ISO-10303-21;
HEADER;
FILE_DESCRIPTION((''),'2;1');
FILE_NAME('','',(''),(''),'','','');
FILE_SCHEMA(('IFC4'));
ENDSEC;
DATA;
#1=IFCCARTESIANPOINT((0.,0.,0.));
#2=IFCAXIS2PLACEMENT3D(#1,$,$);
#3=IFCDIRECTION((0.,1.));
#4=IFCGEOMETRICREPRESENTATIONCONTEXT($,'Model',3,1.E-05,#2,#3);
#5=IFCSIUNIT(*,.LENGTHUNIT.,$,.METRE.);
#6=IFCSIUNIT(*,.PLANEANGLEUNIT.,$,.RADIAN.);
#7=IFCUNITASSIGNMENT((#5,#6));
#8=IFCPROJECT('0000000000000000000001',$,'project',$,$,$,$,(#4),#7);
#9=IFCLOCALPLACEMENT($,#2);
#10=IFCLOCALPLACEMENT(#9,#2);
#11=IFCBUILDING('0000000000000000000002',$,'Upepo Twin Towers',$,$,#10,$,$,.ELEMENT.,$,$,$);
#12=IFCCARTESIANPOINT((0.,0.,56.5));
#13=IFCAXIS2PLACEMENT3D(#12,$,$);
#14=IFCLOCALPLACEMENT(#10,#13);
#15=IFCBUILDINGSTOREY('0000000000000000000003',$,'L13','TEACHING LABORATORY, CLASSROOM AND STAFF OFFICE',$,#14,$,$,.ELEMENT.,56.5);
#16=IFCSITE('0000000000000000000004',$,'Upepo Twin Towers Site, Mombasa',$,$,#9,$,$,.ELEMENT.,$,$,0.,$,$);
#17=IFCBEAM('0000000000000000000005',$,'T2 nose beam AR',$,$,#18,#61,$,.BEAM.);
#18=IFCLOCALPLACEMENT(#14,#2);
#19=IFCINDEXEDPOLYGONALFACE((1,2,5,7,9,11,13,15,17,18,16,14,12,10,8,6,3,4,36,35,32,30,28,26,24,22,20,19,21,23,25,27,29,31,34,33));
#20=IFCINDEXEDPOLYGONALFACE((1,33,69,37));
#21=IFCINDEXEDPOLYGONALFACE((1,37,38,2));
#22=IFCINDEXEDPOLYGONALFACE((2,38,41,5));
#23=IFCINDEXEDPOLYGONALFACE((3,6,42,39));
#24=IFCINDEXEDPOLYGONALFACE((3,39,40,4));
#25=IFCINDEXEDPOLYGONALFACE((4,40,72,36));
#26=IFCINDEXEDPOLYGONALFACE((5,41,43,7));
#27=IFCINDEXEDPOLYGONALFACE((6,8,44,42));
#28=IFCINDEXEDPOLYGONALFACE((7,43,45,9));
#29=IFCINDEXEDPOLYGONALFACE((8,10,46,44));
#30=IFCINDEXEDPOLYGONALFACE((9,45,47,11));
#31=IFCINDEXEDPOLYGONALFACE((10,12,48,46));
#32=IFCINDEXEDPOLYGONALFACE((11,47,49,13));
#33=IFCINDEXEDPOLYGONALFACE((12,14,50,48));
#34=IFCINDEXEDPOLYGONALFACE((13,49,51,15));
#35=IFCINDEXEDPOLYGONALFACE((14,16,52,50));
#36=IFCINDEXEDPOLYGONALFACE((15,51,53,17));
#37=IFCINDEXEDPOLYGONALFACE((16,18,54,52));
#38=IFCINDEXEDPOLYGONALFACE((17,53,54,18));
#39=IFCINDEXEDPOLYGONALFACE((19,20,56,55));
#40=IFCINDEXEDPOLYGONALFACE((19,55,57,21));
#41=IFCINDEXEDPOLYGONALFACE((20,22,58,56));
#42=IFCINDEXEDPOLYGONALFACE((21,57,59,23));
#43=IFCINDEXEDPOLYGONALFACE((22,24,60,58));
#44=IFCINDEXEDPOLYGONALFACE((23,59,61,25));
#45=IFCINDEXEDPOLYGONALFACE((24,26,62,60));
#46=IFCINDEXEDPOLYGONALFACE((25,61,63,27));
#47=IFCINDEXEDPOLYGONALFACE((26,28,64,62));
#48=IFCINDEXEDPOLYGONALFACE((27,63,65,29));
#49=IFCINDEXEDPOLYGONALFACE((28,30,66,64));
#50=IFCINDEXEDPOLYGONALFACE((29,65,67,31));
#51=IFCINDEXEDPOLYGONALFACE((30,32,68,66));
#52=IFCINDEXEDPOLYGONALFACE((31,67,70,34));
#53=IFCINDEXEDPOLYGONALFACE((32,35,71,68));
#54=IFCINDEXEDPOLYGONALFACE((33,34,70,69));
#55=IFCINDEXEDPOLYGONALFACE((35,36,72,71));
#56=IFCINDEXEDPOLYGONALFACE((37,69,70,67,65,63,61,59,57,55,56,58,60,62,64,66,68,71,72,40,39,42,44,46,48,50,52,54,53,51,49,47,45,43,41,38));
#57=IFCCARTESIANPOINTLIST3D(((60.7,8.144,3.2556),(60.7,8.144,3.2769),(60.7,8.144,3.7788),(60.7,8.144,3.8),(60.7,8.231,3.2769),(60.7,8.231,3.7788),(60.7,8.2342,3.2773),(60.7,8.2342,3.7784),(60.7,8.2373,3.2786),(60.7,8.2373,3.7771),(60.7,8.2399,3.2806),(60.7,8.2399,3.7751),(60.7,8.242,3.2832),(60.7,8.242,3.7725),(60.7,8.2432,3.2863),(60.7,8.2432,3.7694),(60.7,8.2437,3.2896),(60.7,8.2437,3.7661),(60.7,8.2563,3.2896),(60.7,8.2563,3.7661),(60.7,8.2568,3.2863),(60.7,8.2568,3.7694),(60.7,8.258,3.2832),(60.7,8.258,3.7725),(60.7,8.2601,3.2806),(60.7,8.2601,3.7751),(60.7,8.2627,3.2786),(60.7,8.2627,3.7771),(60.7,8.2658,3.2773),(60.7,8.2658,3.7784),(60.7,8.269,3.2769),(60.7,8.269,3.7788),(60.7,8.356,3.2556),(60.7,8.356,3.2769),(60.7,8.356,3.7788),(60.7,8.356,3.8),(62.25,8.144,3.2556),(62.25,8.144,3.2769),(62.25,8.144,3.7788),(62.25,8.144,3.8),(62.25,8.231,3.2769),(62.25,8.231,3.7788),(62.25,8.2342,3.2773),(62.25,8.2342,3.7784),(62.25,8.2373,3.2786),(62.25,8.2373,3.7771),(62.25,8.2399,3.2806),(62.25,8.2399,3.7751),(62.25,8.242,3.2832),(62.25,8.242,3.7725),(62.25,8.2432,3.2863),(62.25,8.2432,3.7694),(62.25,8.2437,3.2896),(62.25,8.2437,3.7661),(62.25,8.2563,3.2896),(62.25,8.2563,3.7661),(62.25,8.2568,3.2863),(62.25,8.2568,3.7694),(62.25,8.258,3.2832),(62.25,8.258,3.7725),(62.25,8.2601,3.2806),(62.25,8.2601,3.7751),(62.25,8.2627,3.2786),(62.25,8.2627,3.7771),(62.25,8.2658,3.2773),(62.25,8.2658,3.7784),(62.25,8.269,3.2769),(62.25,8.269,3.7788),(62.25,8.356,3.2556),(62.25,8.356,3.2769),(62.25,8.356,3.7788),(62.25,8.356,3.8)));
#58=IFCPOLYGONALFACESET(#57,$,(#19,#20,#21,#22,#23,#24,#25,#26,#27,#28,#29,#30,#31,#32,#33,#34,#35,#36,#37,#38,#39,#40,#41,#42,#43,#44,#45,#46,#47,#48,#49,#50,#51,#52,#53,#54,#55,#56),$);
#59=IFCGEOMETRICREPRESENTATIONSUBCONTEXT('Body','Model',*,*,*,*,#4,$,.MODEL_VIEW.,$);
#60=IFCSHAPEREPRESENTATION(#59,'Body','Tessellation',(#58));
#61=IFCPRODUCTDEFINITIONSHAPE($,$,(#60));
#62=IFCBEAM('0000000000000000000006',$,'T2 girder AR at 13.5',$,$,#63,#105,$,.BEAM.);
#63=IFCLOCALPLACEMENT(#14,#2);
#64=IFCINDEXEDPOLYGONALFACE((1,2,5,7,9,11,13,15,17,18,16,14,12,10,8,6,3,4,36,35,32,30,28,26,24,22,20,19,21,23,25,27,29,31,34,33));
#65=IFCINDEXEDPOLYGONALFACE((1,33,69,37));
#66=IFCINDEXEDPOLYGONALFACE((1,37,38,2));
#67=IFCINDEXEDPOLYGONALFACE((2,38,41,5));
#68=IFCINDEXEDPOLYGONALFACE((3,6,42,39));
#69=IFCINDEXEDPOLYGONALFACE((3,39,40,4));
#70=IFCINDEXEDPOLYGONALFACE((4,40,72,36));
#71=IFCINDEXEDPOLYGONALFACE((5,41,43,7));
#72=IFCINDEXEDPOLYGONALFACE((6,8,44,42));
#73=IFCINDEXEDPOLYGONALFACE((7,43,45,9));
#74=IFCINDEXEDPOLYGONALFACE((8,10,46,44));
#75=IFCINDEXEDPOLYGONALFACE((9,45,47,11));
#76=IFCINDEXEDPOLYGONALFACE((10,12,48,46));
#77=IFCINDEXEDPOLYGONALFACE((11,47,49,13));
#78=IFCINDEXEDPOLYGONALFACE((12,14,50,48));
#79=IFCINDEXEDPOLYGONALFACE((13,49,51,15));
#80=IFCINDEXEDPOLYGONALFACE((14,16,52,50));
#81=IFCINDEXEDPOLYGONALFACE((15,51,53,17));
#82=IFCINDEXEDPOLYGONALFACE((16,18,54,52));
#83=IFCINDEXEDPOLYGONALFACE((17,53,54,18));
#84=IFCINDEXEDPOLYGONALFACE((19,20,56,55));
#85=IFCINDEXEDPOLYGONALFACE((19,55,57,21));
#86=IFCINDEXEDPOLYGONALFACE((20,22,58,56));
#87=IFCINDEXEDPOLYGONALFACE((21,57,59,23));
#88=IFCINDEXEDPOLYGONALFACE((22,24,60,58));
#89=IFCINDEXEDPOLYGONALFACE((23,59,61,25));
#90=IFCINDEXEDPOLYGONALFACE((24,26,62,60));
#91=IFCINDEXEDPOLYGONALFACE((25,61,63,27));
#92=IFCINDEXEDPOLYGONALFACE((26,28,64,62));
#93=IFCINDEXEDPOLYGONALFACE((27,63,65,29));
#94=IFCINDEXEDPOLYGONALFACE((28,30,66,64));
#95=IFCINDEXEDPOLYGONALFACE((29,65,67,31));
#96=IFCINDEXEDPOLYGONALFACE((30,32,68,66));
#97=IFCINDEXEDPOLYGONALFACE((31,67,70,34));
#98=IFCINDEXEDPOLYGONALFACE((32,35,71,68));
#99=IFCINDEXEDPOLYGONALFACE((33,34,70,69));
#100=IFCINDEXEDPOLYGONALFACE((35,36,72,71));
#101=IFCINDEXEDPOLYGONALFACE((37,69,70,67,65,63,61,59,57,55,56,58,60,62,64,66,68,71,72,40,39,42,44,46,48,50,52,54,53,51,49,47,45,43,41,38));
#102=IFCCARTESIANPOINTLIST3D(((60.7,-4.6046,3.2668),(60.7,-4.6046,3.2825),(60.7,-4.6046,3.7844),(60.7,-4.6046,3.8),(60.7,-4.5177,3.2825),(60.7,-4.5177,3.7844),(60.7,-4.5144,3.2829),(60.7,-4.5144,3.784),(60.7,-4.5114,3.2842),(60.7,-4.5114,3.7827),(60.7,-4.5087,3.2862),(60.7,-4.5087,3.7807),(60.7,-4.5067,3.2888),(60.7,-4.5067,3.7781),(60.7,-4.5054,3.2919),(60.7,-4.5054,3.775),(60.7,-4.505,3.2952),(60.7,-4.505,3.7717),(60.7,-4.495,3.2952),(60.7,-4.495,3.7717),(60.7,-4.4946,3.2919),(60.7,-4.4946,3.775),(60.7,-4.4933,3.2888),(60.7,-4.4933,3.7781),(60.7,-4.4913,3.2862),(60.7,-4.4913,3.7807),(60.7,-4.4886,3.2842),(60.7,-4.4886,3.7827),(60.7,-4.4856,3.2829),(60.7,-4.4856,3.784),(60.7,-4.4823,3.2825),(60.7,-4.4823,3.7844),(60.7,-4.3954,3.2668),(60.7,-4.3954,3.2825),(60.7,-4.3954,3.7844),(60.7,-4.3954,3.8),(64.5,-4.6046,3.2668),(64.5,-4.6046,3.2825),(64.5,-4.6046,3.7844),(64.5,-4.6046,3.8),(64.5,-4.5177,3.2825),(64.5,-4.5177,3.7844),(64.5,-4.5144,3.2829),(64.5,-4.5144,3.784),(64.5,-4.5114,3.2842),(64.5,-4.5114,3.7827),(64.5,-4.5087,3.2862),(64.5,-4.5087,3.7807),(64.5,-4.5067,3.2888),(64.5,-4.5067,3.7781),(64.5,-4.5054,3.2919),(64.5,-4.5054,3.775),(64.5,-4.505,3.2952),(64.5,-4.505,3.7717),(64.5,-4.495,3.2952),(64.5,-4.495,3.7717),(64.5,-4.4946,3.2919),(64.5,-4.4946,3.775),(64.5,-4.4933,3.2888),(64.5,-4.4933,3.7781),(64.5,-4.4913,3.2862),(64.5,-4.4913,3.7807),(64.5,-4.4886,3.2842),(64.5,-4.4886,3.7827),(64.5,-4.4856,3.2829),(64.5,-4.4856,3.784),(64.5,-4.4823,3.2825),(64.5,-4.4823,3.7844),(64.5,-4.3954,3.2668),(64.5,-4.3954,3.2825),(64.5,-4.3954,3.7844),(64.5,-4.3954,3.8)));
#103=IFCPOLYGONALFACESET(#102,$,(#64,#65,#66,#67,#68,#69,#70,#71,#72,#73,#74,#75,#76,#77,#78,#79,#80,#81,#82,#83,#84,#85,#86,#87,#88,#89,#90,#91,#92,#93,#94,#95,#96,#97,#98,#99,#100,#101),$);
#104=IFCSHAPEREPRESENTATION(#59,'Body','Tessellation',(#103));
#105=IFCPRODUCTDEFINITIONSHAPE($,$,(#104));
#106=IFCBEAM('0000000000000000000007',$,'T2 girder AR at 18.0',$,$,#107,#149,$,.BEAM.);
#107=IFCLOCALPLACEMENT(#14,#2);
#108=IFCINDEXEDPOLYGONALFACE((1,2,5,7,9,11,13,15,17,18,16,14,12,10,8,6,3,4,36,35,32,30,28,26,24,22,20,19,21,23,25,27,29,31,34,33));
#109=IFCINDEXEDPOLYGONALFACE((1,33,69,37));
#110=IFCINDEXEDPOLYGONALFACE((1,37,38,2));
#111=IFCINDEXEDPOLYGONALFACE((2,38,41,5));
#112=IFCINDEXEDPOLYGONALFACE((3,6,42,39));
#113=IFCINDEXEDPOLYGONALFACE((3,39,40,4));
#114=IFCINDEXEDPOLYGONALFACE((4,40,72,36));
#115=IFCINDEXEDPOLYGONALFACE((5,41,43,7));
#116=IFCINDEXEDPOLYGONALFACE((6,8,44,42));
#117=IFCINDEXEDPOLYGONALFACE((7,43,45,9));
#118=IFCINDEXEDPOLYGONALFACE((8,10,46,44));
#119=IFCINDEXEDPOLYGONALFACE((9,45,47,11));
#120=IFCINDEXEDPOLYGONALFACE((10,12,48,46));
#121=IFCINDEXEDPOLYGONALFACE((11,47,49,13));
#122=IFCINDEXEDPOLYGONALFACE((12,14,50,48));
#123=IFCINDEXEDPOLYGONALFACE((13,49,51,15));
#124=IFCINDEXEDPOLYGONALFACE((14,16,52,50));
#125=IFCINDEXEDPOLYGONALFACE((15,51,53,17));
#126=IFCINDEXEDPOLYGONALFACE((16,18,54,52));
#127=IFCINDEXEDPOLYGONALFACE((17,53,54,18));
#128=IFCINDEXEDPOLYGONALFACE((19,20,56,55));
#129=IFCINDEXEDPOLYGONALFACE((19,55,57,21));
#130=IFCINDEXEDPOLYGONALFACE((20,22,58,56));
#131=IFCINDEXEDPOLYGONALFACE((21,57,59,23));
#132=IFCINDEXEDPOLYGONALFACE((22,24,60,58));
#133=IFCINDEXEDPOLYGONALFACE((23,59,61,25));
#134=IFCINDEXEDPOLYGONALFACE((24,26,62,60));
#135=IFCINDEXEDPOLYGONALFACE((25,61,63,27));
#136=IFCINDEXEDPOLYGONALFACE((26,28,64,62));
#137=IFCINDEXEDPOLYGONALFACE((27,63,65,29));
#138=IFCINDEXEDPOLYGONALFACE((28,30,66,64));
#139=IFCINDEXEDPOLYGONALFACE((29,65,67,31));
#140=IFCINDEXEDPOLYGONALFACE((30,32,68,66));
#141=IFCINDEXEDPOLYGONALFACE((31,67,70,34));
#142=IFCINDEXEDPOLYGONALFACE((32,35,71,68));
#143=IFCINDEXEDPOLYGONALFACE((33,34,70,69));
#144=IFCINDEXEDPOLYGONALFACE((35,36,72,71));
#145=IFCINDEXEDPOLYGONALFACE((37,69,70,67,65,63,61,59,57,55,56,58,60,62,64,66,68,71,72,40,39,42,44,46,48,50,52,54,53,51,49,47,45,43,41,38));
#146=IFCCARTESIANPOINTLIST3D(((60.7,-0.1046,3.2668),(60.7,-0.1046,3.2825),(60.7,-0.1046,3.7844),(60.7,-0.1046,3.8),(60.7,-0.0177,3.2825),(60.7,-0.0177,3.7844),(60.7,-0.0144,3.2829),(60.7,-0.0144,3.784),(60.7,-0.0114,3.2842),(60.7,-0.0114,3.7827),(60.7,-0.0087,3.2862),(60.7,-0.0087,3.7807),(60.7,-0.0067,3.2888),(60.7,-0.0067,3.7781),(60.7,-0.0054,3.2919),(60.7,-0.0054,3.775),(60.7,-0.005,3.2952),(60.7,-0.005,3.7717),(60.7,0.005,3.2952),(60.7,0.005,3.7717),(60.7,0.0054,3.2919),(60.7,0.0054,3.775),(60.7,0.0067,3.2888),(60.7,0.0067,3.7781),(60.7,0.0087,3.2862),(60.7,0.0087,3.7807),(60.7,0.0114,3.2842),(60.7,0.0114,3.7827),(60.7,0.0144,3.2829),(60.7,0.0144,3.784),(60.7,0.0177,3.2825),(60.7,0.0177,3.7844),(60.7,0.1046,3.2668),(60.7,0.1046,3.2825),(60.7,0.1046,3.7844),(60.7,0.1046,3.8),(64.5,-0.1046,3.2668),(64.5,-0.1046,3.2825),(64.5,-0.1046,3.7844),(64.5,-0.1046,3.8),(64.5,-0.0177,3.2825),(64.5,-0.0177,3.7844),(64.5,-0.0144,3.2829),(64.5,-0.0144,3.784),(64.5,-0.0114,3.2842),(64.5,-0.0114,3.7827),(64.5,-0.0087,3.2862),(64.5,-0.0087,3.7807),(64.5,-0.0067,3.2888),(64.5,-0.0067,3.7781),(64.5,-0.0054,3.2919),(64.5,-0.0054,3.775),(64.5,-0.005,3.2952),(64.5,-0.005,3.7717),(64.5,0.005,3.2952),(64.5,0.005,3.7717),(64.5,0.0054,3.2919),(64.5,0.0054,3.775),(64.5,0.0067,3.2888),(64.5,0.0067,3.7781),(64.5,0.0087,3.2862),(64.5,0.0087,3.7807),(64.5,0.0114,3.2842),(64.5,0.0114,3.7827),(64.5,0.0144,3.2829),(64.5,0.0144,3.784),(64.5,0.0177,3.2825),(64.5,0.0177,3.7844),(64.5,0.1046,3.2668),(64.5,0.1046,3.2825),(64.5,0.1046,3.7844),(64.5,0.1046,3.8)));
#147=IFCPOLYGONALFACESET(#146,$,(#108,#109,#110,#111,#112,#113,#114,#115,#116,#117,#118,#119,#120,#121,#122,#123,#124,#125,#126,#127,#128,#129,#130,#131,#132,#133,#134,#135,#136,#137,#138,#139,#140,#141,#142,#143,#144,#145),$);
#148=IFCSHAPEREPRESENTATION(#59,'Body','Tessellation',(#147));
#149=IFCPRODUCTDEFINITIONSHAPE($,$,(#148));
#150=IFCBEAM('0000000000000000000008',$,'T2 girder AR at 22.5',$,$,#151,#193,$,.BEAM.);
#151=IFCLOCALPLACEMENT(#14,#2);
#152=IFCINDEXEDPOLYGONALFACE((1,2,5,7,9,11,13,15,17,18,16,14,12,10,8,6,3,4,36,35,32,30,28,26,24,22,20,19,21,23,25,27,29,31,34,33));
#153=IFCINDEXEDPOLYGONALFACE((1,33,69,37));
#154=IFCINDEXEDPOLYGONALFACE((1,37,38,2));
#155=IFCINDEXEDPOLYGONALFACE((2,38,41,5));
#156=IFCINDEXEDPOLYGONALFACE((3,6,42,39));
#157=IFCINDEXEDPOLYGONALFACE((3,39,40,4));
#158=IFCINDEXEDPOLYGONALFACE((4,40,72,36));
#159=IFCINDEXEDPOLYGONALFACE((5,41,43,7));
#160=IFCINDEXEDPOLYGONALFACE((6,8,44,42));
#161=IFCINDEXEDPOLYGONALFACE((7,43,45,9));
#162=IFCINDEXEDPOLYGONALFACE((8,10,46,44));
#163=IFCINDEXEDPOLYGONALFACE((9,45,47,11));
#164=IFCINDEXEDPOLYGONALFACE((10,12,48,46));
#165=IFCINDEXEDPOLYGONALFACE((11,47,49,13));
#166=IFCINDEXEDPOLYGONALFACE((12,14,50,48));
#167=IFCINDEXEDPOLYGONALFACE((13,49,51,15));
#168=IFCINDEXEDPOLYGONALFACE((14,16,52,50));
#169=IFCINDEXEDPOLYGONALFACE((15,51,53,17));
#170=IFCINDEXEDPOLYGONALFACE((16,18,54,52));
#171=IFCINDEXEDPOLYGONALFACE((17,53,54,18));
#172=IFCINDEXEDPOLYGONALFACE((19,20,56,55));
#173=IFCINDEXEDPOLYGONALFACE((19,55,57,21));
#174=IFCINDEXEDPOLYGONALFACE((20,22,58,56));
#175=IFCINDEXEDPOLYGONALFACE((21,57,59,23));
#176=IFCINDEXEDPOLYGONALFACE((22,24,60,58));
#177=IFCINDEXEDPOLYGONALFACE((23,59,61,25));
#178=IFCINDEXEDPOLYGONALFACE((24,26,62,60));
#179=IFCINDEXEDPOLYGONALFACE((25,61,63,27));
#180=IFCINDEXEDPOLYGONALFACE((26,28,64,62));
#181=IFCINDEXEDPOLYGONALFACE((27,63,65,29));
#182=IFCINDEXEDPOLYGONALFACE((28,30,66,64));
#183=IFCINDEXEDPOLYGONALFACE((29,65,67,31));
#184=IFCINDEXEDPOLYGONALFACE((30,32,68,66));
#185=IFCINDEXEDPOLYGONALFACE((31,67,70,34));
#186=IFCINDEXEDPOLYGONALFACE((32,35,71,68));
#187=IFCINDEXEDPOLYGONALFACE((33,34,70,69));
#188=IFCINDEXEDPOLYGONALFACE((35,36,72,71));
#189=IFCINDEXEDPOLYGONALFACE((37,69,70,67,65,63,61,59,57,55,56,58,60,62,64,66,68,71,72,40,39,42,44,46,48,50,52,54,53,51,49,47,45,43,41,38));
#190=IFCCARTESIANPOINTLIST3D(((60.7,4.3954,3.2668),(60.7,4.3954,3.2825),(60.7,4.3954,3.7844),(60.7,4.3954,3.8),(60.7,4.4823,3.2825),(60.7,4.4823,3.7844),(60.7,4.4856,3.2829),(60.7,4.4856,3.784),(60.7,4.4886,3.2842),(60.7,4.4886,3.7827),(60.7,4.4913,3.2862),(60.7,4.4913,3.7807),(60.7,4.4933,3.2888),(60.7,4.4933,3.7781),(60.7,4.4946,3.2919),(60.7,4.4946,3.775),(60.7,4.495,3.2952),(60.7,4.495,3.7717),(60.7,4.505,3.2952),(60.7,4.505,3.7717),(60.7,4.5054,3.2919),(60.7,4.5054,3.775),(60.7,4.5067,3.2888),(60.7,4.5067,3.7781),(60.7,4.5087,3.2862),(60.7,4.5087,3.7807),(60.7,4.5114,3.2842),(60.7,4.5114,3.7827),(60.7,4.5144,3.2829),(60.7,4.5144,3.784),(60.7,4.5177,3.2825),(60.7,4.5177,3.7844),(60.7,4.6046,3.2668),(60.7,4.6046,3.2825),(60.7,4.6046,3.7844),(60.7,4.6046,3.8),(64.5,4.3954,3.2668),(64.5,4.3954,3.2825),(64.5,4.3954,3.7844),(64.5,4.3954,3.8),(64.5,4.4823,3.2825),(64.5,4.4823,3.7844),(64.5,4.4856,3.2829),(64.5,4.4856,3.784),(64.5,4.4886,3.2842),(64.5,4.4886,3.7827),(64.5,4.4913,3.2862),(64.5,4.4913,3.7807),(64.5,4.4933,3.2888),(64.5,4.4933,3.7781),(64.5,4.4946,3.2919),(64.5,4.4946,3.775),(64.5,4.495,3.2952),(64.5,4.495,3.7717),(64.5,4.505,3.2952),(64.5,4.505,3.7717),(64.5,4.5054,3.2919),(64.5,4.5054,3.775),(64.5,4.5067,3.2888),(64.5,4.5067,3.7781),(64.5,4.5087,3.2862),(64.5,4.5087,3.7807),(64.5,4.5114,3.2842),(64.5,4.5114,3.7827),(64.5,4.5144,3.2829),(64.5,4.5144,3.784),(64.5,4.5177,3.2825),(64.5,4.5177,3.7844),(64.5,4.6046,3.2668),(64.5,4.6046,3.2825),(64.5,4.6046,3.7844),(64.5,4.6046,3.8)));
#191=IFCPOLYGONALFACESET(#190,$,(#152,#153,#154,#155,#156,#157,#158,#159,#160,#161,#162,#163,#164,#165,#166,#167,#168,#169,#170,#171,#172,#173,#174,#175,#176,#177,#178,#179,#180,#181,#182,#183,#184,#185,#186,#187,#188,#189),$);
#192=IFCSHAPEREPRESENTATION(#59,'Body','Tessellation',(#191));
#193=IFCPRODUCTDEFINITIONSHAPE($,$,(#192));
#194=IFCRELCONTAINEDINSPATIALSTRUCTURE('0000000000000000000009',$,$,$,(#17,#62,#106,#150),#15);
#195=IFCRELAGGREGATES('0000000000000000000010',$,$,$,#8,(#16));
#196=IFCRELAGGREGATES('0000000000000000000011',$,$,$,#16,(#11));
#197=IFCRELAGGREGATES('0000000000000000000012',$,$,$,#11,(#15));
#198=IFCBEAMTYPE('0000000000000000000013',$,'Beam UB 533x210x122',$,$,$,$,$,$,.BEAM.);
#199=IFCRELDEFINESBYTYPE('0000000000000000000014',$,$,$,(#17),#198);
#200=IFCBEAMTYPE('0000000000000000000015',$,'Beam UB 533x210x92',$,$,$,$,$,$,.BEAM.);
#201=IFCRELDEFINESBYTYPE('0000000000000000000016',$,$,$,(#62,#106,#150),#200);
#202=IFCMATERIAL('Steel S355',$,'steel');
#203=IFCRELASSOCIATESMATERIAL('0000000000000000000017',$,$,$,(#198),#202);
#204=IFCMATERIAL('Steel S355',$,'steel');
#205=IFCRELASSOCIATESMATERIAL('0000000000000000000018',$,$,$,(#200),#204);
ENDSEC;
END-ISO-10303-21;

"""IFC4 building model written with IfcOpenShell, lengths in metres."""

from ifc_helpers import new_model, si_unit, direction, frame, origin, origin_2d, place, context, subcontext, project, spatial, i_section, extrude, material, material_profile, profile_set, type_object, element, save


model = new_model("IFC4")

# Units and contexts
model_context = context("Model", 3, precision=1e-05, world=origin(), true_north=direction((0.0, 1.0)))
body_context = subcontext(model_context, "Body", "Model", "MODEL_VIEW")
ifc_project = project(units=[si_unit("LENGTHUNIT", "METRE"), si_unit("PLANEANGLEUNIT", "RADIAN")], contexts=[model_context])

# Site, building, storey
site_placement = place(None, origin())
site = spatial("IfcSite", under=ifc_project, at=site_placement, Name="Upepo Twin Towers Site, Mombasa", CompositionType="ELEMENT", RefElevation=0.0)
building_placement = place(site_placement, origin())
building = spatial("IfcBuilding", under=site, at=building_placement, Name="Upepo Twin Towers", CompositionType="ELEMENT")
storey_placement = place(building_placement, frame((0.0, 0.0, 56.5)))
storey = spatial("IfcBuildingStorey", under=building, at=storey_placement, Name="L13", Description="TEACHING LABORATORY, CLASSROOM AND STAFF OFFICE", CompositionType="ELEMENT", Elevation=56.5)

# Beams
ifc_material_1 = material(Name="Steel S355", Category="steel")
ifc_material_profile_1 = material_profile(ifc_material_1, i_section(OverallWidth=0.2119, OverallDepth=0.5444, WebThickness=0.0127, FlangeThickness=0.0212, FilletRadius=0.0127, at=origin_2d()), Name="UB 533x210x122")
ifc_profile_set_1 = profile_set([ifc_material_profile_1], Name="Steel S355")
beam_type_1 = type_object("IfcBeamType", Name="Beam UB 533x210x122", PredefinedType="BEAM", material=ifc_profile_set_1)
beam_1_placement = place(storey_placement, frame((62.25, 8.25, 3.5278), z_axis=(-1.0, 0.0, 0.0), x_axis=(0.0, -1.0, 0.0)))
element("IfcBeam", 1, at=beam_1_placement, inside=storey, type_object=beam_type_1, Name="T2 nose beam AR", PredefinedType="BEAM", context=body_context, shape_type="SweptSolid", body=[
    extrude(i_section(OverallWidth=0.2119, OverallDepth=0.5444, WebThickness=0.0127, FlangeThickness=0.0212, FilletRadius=0.0127, at=origin_2d()), origin(), (0.0, 0.0, 1.0), 1.55),
])
ifc_material_2 = material(Name="Steel S355", Category="steel")
ifc_material_profile_2 = material_profile(ifc_material_2, i_section(OverallWidth=0.2092, OverallDepth=0.5332, WebThickness=0.01, FlangeThickness=0.0156, FilletRadius=0.0127, at=origin_2d()), Name="UB 533x210x92")
ifc_profile_set_2 = profile_set([ifc_material_profile_2], Name="Steel S355")
beam_type_2 = type_object("IfcBeamType", Name="Beam UB 533x210x92", PredefinedType="BEAM", material=ifc_profile_set_2)
for number, where, z_axis, x_axis, name in (
    (2, (64.5, -4.5, 3.5334), (-1.0, 0.0, 0.0), (0.0, -1.0, 0.0), "T2 girder AR at 13.5"),
    (3, (64.5, 0.0, 3.5334), (-1.0, 0.0, 0.0), (0.0, -1.0, 0.0), "T2 girder AR at 18.0"),
    (4, (64.5, 4.5, 3.5334), (-1.0, 0.0, 0.0), (0.0, -1.0, 0.0), "T2 girder AR at 22.5"),
):
    element("IfcBeam", number, at=place(storey_placement, frame(where, z_axis=z_axis, x_axis=x_axis)), inside=storey, type_object=beam_type_2, Name=name, PredefinedType="BEAM", context=body_context, shape_type="SweptSolid", body=[
        extrude(i_section(OverallWidth=0.2092, OverallDepth=0.5332, WebThickness=0.01, FlangeThickness=0.0156, FilletRadius=0.0127, at=origin_2d()), origin(), (0.0, 0.0, 1.0), 3.8),
    ])

save(model, "model.ifc")
